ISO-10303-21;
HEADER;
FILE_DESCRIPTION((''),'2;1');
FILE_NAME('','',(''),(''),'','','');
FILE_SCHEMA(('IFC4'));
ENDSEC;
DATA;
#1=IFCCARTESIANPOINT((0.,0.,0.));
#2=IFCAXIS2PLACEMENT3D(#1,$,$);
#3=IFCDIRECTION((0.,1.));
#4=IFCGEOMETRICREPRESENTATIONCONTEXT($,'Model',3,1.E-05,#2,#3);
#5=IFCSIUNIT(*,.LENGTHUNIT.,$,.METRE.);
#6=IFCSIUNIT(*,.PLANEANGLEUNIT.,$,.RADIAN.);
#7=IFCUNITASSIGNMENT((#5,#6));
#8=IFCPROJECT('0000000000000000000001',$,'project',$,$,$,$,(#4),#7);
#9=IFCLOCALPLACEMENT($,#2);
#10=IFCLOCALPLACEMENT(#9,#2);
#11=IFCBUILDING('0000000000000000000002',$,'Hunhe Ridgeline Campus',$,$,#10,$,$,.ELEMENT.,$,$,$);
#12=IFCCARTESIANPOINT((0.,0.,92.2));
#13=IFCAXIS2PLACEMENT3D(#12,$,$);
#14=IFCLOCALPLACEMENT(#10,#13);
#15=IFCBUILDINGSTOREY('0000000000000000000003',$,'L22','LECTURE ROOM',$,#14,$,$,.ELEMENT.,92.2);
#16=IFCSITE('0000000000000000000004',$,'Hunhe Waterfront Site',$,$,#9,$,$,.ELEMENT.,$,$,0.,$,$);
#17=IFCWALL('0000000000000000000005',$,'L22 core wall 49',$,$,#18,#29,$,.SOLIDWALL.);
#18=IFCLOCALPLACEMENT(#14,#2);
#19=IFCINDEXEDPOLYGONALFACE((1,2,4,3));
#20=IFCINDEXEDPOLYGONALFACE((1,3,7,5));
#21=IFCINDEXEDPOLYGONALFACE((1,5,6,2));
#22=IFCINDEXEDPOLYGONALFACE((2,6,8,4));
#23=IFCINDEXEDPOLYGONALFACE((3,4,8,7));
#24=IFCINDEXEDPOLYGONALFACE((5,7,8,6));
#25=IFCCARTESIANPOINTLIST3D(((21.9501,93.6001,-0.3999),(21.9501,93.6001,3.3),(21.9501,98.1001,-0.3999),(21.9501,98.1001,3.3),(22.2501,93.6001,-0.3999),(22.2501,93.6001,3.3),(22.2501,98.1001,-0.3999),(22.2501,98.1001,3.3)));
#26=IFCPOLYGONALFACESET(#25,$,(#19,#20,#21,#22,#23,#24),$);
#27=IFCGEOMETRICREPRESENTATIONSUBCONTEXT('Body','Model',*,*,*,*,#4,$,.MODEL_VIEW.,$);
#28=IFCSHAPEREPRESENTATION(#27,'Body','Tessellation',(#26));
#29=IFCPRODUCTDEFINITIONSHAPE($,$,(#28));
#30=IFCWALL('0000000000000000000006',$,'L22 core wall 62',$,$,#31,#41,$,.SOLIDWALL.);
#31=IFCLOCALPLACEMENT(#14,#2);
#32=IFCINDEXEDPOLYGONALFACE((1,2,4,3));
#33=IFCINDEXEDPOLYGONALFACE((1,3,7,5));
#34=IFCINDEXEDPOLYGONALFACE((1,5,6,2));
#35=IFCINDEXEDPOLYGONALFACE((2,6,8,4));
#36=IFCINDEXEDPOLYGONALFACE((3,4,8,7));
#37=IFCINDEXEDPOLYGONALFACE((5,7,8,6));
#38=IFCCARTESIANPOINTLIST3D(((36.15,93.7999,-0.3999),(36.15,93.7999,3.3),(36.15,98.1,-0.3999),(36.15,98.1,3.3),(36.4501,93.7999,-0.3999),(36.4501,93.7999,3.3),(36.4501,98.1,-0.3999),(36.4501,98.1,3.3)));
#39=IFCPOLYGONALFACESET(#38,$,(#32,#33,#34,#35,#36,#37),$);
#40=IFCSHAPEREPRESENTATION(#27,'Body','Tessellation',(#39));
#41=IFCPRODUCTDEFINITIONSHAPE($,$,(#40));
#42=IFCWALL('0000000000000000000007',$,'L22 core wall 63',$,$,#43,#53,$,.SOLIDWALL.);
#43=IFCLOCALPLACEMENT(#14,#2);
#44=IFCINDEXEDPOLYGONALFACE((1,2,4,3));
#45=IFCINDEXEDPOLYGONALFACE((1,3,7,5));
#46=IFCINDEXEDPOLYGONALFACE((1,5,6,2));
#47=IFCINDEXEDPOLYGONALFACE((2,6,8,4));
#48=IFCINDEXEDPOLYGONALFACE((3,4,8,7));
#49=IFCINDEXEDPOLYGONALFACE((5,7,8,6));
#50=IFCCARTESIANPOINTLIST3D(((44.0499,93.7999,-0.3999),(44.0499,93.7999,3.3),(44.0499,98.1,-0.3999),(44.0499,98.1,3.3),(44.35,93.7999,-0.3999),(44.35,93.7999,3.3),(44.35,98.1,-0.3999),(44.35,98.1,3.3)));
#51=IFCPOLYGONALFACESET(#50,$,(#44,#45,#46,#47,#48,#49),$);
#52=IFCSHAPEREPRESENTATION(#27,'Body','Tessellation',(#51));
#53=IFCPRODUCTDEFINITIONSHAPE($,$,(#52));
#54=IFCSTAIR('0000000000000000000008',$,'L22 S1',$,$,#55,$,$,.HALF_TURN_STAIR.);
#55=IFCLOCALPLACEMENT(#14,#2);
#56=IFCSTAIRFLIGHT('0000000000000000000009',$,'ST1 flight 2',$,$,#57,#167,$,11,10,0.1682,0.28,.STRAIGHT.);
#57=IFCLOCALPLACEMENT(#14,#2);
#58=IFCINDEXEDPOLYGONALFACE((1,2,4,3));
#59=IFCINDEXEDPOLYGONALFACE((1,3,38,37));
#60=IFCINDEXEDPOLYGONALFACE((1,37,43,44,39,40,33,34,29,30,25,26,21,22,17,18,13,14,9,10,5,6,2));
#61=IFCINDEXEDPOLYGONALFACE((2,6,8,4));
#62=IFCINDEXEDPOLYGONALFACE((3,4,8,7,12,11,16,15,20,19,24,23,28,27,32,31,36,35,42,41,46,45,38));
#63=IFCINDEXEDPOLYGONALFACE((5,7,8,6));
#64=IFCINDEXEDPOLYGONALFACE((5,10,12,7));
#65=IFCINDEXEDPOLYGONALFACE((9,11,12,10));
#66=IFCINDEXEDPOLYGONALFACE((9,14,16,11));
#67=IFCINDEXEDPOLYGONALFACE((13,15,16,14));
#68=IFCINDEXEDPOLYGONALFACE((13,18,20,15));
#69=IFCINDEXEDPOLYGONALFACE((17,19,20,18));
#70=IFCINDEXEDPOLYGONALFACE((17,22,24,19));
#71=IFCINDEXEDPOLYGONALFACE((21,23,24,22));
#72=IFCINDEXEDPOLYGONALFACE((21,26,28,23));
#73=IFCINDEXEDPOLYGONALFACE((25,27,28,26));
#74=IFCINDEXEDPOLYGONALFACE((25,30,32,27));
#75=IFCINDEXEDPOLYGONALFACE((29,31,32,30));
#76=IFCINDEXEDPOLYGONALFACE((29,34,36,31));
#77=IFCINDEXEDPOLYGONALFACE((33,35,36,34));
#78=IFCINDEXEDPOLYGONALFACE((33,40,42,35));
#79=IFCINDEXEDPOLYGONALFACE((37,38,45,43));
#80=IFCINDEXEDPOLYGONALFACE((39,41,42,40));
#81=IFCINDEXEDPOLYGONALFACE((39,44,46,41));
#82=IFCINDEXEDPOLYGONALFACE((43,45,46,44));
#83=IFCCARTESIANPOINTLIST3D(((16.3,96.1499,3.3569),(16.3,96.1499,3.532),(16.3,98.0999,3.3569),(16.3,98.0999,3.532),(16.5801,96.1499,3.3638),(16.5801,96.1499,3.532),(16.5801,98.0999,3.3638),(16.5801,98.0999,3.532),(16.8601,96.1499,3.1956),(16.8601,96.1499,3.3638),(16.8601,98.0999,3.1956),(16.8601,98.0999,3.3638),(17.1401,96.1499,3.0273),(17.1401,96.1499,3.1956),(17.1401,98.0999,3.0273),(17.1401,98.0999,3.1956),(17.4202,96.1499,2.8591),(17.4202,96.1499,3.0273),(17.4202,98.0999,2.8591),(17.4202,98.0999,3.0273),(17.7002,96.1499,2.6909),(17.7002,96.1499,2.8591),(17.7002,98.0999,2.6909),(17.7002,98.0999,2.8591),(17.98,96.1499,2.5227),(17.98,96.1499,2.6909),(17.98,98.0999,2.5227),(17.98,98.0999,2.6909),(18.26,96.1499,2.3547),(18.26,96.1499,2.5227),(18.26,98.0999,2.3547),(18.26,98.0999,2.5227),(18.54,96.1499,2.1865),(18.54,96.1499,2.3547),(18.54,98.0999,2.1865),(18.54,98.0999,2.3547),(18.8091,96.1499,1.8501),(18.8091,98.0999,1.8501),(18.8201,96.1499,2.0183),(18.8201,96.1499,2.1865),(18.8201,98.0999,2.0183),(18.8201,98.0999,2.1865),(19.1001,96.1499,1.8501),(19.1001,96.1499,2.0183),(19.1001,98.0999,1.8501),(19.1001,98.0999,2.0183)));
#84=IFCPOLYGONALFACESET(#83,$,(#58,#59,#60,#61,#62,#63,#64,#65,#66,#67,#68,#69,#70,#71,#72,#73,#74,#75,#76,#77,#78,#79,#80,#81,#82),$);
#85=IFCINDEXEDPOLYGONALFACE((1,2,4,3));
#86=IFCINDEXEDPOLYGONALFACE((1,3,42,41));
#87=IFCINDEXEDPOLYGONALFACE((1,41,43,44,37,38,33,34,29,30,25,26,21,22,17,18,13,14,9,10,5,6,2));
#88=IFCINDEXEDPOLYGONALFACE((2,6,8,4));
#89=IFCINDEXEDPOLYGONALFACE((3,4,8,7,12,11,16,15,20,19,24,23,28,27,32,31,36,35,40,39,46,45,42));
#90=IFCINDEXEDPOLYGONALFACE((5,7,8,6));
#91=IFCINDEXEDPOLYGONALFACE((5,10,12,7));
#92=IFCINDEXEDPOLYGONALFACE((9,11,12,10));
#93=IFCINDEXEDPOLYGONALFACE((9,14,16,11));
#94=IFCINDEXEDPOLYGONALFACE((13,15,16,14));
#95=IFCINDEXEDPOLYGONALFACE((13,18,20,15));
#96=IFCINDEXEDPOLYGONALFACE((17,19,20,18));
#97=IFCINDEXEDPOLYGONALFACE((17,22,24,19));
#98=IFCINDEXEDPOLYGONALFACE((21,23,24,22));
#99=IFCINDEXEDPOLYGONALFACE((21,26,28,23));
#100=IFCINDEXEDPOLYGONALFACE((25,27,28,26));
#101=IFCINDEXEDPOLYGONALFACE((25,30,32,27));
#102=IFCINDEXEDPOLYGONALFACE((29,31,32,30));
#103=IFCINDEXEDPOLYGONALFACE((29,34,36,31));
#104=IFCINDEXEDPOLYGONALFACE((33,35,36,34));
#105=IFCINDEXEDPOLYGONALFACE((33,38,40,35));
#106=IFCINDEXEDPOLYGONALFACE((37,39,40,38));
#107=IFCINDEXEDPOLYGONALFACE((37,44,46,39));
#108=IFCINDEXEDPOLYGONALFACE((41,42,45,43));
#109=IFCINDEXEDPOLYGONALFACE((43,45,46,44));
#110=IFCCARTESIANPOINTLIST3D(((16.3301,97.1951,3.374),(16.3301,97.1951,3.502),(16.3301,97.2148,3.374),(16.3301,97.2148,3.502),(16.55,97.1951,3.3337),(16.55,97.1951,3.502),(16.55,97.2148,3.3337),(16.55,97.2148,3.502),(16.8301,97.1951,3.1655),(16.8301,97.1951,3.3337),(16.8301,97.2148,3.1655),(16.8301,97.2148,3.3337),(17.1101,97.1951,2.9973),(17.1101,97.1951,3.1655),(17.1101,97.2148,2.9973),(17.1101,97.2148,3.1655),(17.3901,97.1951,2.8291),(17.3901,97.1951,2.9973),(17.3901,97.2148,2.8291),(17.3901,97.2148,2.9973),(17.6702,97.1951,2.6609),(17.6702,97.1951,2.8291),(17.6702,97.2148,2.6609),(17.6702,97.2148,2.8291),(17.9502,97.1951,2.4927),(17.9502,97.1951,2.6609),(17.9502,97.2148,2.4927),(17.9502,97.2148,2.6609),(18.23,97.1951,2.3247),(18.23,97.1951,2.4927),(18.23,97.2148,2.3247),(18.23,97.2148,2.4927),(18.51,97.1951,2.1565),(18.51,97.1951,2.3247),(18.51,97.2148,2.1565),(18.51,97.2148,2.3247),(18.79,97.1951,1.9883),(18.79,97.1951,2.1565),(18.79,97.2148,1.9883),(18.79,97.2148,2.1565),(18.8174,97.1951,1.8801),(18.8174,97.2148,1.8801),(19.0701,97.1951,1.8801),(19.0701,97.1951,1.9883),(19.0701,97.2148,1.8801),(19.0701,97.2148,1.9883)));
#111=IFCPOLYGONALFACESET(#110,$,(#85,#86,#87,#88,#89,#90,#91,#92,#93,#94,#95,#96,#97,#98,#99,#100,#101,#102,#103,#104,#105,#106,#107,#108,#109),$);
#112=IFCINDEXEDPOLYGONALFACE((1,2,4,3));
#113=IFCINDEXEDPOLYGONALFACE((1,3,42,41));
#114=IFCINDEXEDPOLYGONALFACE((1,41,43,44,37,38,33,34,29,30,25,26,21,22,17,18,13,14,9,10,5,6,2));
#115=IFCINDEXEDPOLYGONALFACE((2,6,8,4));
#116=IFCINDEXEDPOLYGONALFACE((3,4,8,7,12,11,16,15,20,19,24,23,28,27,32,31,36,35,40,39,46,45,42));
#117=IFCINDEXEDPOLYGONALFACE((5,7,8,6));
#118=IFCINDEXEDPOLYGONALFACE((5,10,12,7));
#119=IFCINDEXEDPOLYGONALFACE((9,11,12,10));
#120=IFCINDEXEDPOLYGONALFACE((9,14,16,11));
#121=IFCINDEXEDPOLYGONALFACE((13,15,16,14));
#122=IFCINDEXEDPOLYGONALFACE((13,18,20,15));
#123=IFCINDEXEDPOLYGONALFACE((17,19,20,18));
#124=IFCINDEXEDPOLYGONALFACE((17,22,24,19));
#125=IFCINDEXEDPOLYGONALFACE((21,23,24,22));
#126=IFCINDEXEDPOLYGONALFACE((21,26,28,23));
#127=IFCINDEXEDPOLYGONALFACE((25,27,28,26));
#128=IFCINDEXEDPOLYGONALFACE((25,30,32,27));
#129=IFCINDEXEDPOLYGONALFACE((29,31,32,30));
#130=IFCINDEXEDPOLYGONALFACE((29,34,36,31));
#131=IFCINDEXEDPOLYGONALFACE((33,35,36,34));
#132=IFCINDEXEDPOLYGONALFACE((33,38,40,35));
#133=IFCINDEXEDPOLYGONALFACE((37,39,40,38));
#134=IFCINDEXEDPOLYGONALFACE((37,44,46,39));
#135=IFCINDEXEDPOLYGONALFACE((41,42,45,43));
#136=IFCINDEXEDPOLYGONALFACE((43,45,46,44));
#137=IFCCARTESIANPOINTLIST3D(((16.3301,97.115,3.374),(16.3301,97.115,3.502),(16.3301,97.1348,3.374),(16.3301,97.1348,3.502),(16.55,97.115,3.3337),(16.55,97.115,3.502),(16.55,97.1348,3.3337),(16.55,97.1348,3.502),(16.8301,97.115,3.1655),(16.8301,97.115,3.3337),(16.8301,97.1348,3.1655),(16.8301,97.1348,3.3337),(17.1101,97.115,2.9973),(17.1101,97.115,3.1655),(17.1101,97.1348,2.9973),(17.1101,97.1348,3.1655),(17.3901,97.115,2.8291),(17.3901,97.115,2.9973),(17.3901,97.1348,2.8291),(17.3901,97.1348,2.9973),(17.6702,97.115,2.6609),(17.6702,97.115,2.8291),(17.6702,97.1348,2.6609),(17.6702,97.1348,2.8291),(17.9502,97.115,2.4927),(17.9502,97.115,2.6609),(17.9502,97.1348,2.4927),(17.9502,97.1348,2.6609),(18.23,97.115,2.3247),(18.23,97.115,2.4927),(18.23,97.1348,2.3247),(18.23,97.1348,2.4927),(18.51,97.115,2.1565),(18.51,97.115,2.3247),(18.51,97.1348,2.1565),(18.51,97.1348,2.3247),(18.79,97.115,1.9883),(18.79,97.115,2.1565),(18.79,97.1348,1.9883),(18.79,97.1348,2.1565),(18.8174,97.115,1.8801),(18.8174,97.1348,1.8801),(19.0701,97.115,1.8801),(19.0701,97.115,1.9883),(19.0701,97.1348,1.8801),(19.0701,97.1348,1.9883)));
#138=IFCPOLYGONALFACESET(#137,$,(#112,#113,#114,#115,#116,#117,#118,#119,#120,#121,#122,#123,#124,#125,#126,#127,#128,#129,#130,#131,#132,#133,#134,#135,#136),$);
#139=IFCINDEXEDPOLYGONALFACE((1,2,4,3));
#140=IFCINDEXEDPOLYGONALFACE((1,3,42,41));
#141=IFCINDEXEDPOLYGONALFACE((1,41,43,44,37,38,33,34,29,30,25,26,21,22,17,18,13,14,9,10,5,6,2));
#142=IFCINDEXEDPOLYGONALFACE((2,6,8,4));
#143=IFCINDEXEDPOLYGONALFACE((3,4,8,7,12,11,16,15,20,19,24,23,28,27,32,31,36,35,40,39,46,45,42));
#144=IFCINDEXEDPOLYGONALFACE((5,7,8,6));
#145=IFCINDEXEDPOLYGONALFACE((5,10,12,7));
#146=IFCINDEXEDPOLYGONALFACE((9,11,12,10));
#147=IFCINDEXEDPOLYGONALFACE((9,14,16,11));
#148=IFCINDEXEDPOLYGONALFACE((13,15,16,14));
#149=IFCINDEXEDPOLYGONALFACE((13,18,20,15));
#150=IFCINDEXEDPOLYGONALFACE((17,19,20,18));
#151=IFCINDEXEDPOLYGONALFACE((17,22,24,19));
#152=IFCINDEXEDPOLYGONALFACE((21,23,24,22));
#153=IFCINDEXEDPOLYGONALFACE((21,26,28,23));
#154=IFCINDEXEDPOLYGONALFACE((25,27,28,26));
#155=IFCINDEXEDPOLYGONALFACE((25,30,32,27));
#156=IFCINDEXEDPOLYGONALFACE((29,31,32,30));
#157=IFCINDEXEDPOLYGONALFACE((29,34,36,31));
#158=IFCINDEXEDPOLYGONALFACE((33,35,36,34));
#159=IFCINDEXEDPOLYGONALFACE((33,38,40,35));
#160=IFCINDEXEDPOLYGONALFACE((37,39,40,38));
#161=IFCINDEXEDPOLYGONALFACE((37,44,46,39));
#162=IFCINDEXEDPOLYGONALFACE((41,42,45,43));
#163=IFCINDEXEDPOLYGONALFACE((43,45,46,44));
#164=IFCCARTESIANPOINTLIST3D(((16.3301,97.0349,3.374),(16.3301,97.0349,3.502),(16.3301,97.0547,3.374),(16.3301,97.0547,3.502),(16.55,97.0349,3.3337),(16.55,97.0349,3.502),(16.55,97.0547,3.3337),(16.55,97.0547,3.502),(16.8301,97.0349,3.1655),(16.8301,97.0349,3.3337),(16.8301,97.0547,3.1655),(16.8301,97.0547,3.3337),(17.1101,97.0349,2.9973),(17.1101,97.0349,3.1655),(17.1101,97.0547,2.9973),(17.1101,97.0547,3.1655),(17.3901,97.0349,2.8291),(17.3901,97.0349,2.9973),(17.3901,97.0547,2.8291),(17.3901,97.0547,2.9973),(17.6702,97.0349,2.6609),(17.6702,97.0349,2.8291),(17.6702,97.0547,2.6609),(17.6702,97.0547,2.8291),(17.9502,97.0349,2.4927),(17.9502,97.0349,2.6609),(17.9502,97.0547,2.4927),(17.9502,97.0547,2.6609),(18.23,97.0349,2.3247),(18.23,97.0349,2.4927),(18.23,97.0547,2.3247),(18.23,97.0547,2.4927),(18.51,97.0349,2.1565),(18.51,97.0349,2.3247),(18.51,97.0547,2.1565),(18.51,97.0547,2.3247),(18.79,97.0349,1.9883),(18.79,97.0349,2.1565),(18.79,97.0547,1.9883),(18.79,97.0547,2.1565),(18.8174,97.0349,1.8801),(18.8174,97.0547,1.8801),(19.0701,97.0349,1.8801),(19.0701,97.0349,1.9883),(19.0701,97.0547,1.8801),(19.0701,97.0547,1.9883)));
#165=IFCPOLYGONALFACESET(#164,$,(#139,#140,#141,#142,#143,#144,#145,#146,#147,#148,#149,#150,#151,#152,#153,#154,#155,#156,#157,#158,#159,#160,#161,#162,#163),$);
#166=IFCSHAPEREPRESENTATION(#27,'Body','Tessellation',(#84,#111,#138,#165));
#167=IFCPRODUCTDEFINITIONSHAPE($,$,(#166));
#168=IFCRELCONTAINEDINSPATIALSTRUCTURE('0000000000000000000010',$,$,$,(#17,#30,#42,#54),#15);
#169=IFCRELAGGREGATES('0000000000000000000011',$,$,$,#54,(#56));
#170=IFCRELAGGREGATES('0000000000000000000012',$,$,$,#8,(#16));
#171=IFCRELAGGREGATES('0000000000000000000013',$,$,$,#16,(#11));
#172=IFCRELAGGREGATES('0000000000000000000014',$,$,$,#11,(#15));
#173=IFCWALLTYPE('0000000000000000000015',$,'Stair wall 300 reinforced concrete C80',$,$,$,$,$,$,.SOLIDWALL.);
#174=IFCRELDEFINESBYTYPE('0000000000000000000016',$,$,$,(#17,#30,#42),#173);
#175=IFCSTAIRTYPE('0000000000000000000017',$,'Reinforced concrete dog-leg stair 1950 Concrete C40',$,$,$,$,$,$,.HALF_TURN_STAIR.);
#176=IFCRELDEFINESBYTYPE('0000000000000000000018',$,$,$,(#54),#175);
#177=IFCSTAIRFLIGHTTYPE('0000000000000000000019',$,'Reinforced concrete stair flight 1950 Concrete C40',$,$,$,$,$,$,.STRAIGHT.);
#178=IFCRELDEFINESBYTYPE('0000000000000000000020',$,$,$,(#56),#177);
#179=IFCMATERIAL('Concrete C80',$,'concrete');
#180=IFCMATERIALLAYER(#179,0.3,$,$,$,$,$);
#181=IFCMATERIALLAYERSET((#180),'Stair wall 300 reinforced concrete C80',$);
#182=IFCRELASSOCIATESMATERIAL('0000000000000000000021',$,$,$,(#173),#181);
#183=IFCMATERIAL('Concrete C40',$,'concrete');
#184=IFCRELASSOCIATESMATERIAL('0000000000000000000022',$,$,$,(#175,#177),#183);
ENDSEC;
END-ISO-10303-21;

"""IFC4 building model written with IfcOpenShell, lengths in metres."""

from ifc_helpers import new_model, si_unit, direction, frame, frame_2d, origin, place, context, subcontext, project, spatial, polyline, rectangle, outline, extrude, material, layer, layer_set, type_object, element, aggregate, save


model = new_model("IFC4")

# Units and contexts
model_context = context("Model", 3, precision=1e-05, world=origin(), true_north=direction((0.0, 1.0)))
body_context = subcontext(model_context, "Body", "Model", "MODEL_VIEW")
ifc_project = project(units=[si_unit("LENGTHUNIT", "METRE"), si_unit("PLANEANGLEUNIT", "RADIAN")], contexts=[model_context])

# Site, building, storey
site_placement = place(None, origin())
site = spatial("IfcSite", under=ifc_project, at=site_placement, Name="Hunhe Waterfront Site", CompositionType="ELEMENT", RefElevation=0.0)
building_placement = place(site_placement, origin())
building = spatial("IfcBuilding", under=site, at=building_placement, Name="Hunhe Ridgeline Campus", CompositionType="ELEMENT")
storey_placement = place(building_placement, frame((0.0, 0.0, 92.2)))
storey = spatial("IfcBuildingStorey", under=building, at=storey_placement, Name="L22", Description="LECTURE ROOM", CompositionType="ELEMENT", Elevation=92.2)

# Shared definitions
ifc_material_1 = material(Name="Concrete C80", Category="concrete")

# Shared definitions
ifc_layer_1 = layer(ifc_material_1, 0.3)
ifc_layer_set_1 = layer_set([ifc_layer_1], Name="Stair wall 300 reinforced concrete C80")
wall_type_1 = type_object("IfcWallType", Name="Stair wall 300 reinforced concrete C80", PredefinedType="SOLIDWALL", material=ifc_layer_set_1)

# Walls
wall_1_placement = place(storey_placement, frame((22.1001, 93.6001, -0.3999), z_axis=(0.0, 0.0, 1.0), x_axis=(0.0, 1.0, 0.0)))
element("IfcWall", 1, at=wall_1_placement, inside=storey, type_object=wall_type_1, Name="L22 core wall 49", PredefinedType="SOLIDWALL", context=body_context, shape_type="SweptSolid", body=[
    extrude(rectangle(XDim=4.5, YDim=0.3, at=frame_2d((2.25, 0.0))), origin(), (0.0, 0.0, 1.0), 3.7),
])
for number, where, z_axis, x_axis, name in (
    (2, (36.3, 93.8, -0.3999), (0.0, 0.0, 1.0), (0.0, 1.0, 0.0), "L22 core wall 62"),
    (3, (44.2, 93.8, -0.3999), (0.0, 0.0, 1.0), (0.0, 1.0, 0.0), "L22 core wall 63"),
):
    element("IfcWall", number, at=place(storey_placement, frame(where, z_axis=z_axis, x_axis=x_axis)), inside=storey, type_object=wall_type_1, Name=name, PredefinedType="SOLIDWALL", context=body_context, shape_type="SweptSolid", body=[
        extrude(rectangle(XDim=4.3, YDim=0.3, at=frame_2d((2.1499, 0.0))), origin(), (0.0, 0.0, 1.0), 3.7),
    ])

# Stair, stair flight
ifc_material_2 = material(Name="Concrete C40", Category="concrete")
stair_type = type_object("IfcStairType", Name="Reinforced concrete dog-leg stair 1950 Concrete C40", PredefinedType="HALF_TURN_STAIR", material=ifc_material_2)
stair_1_placement = place(storey_placement, origin())
stair_1 = element("IfcStair", 4, at=stair_1_placement, inside=storey, type_object=stair_type, Name="L22 S1", PredefinedType="HALF_TURN_STAIR")
stair_flight_type = type_object("IfcStairFlightType", Name="Reinforced concrete stair flight 1950 Concrete C40", PredefinedType="STRAIGHT", material=ifc_material_2)
stair_flight_1_placement = place(storey_placement, frame((19.1001, 97.125, 1.8501), z_axis=(0.0, 0.0, 1.0), x_axis=(-1.0, 0.0, 0.0)))
stair_flight_1 = element("IfcStairFlight", 5, at=stair_flight_1_placement, type_object=stair_flight_type, Name="ST1 flight 2", NumberOfRisers=11, NumberOfTreads=10, PredefinedType="STRAIGHT", RiserHeight=0.1682, TreadLength=0.28, context=body_context, shape_type="SweptSolid", body=[
    extrude(outline(polyline([(0.0, 0.0), (0.0, 0.1682), (0.28, 0.1682), (0.28, 0.3364), (0.5601, 0.3364), (0.5601, 0.5046), (0.8401, 0.5046), (0.8401, 0.6726), (1.1201, 0.6726), (1.1201, 0.8408), (1.3999, 0.8408), (1.3999, 1.009), (1.6799, 1.009), (1.6799, 1.1772), (1.96, 1.1772), (1.96, 1.3455), (2.24, 1.3455), (2.24, 1.5137), (2.52, 1.5137), (2.52, 1.6819), (2.8, 1.6819), (2.8, 1.8501), (2.8, 1.5068), (0.291, 0.0), (0.0, 0.0)])), frame((0.0, 0.9751, 0.0), z_axis=(0.0, -1.0, 0.0), x_axis=(1.0, 0.0, 0.0)), (0.0, 0.0, 1.0), 1.95),
    extrude(outline(polyline([(0.03, 0.03), (0.03, 0.1382), (0.3101, 0.1382), (0.3101, 0.3064), (0.5901, 0.3064), (0.5901, 0.4746), (0.8701, 0.4746), (0.8701, 0.6426), (1.1499, 0.6426), (1.1499, 0.8108), (1.4299, 0.8108), (1.4299, 0.979), (1.71, 0.979), (1.71, 1.1472), (1.99, 1.1472), (1.99, 1.3154), (2.27, 1.3154), (2.27, 1.4836), (2.55, 1.4836), (2.55, 1.6519), (2.77, 1.6519), (2.77, 1.5239), (0.2827, 0.03), (0.03, 0.03)])), frame((0.0, -0.0701, 0.0), z_axis=(0.0, -1.0, 0.0), x_axis=(1.0, 0.0, 0.0)), (0.0, 0.0, 1.0), 0.0198),
    extrude(outline(polyline([(0.03, 0.03), (0.03, 0.1382), (0.3101, 0.1382), (0.3101, 0.3064), (0.5901, 0.3064), (0.5901, 0.4746), (0.8701, 0.4746), (0.8701, 0.6426), (1.1499, 0.6426), (1.1499, 0.8108), (1.4299, 0.8108), (1.4299, 0.979), (1.71, 0.979), (1.71, 1.1472), (1.99, 1.1472), (1.99, 1.3154), (2.27, 1.3154), (2.27, 1.4836), (2.55, 1.4836), (2.55, 1.6519), (2.77, 1.6519), (2.77, 1.5239), (0.2827, 0.03), (0.03, 0.03)])), frame((0.0, 0.01, 0.0), z_axis=(0.0, -1.0, 0.0), x_axis=(1.0, 0.0, 0.0)), (0.0, 0.0, 1.0), 0.0198),
    extrude(outline(polyline([(0.03, 0.03), (0.03, 0.1382), (0.3101, 0.1382), (0.3101, 0.3064), (0.5901, 0.3064), (0.5901, 0.4746), (0.8701, 0.4746), (0.8701, 0.6426), (1.1499, 0.6426), (1.1499, 0.8108), (1.4299, 0.8108), (1.4299, 0.979), (1.71, 0.979), (1.71, 1.1472), (1.99, 1.1472), (1.99, 1.3154), (2.27, 1.3154), (2.27, 1.4836), (2.55, 1.4836), (2.55, 1.6519), (2.77, 1.6519), (2.77, 1.5239), (0.2827, 0.03), (0.03, 0.03)])), frame((0.0, 0.0901, 0.0), z_axis=(0.0, -1.0, 0.0), x_axis=(1.0, 0.0, 0.0)), (0.0, 0.0, 1.0), 0.0198),
])
aggregate(stair_1, [stair_flight_1])

save(model, "model.ifc")
